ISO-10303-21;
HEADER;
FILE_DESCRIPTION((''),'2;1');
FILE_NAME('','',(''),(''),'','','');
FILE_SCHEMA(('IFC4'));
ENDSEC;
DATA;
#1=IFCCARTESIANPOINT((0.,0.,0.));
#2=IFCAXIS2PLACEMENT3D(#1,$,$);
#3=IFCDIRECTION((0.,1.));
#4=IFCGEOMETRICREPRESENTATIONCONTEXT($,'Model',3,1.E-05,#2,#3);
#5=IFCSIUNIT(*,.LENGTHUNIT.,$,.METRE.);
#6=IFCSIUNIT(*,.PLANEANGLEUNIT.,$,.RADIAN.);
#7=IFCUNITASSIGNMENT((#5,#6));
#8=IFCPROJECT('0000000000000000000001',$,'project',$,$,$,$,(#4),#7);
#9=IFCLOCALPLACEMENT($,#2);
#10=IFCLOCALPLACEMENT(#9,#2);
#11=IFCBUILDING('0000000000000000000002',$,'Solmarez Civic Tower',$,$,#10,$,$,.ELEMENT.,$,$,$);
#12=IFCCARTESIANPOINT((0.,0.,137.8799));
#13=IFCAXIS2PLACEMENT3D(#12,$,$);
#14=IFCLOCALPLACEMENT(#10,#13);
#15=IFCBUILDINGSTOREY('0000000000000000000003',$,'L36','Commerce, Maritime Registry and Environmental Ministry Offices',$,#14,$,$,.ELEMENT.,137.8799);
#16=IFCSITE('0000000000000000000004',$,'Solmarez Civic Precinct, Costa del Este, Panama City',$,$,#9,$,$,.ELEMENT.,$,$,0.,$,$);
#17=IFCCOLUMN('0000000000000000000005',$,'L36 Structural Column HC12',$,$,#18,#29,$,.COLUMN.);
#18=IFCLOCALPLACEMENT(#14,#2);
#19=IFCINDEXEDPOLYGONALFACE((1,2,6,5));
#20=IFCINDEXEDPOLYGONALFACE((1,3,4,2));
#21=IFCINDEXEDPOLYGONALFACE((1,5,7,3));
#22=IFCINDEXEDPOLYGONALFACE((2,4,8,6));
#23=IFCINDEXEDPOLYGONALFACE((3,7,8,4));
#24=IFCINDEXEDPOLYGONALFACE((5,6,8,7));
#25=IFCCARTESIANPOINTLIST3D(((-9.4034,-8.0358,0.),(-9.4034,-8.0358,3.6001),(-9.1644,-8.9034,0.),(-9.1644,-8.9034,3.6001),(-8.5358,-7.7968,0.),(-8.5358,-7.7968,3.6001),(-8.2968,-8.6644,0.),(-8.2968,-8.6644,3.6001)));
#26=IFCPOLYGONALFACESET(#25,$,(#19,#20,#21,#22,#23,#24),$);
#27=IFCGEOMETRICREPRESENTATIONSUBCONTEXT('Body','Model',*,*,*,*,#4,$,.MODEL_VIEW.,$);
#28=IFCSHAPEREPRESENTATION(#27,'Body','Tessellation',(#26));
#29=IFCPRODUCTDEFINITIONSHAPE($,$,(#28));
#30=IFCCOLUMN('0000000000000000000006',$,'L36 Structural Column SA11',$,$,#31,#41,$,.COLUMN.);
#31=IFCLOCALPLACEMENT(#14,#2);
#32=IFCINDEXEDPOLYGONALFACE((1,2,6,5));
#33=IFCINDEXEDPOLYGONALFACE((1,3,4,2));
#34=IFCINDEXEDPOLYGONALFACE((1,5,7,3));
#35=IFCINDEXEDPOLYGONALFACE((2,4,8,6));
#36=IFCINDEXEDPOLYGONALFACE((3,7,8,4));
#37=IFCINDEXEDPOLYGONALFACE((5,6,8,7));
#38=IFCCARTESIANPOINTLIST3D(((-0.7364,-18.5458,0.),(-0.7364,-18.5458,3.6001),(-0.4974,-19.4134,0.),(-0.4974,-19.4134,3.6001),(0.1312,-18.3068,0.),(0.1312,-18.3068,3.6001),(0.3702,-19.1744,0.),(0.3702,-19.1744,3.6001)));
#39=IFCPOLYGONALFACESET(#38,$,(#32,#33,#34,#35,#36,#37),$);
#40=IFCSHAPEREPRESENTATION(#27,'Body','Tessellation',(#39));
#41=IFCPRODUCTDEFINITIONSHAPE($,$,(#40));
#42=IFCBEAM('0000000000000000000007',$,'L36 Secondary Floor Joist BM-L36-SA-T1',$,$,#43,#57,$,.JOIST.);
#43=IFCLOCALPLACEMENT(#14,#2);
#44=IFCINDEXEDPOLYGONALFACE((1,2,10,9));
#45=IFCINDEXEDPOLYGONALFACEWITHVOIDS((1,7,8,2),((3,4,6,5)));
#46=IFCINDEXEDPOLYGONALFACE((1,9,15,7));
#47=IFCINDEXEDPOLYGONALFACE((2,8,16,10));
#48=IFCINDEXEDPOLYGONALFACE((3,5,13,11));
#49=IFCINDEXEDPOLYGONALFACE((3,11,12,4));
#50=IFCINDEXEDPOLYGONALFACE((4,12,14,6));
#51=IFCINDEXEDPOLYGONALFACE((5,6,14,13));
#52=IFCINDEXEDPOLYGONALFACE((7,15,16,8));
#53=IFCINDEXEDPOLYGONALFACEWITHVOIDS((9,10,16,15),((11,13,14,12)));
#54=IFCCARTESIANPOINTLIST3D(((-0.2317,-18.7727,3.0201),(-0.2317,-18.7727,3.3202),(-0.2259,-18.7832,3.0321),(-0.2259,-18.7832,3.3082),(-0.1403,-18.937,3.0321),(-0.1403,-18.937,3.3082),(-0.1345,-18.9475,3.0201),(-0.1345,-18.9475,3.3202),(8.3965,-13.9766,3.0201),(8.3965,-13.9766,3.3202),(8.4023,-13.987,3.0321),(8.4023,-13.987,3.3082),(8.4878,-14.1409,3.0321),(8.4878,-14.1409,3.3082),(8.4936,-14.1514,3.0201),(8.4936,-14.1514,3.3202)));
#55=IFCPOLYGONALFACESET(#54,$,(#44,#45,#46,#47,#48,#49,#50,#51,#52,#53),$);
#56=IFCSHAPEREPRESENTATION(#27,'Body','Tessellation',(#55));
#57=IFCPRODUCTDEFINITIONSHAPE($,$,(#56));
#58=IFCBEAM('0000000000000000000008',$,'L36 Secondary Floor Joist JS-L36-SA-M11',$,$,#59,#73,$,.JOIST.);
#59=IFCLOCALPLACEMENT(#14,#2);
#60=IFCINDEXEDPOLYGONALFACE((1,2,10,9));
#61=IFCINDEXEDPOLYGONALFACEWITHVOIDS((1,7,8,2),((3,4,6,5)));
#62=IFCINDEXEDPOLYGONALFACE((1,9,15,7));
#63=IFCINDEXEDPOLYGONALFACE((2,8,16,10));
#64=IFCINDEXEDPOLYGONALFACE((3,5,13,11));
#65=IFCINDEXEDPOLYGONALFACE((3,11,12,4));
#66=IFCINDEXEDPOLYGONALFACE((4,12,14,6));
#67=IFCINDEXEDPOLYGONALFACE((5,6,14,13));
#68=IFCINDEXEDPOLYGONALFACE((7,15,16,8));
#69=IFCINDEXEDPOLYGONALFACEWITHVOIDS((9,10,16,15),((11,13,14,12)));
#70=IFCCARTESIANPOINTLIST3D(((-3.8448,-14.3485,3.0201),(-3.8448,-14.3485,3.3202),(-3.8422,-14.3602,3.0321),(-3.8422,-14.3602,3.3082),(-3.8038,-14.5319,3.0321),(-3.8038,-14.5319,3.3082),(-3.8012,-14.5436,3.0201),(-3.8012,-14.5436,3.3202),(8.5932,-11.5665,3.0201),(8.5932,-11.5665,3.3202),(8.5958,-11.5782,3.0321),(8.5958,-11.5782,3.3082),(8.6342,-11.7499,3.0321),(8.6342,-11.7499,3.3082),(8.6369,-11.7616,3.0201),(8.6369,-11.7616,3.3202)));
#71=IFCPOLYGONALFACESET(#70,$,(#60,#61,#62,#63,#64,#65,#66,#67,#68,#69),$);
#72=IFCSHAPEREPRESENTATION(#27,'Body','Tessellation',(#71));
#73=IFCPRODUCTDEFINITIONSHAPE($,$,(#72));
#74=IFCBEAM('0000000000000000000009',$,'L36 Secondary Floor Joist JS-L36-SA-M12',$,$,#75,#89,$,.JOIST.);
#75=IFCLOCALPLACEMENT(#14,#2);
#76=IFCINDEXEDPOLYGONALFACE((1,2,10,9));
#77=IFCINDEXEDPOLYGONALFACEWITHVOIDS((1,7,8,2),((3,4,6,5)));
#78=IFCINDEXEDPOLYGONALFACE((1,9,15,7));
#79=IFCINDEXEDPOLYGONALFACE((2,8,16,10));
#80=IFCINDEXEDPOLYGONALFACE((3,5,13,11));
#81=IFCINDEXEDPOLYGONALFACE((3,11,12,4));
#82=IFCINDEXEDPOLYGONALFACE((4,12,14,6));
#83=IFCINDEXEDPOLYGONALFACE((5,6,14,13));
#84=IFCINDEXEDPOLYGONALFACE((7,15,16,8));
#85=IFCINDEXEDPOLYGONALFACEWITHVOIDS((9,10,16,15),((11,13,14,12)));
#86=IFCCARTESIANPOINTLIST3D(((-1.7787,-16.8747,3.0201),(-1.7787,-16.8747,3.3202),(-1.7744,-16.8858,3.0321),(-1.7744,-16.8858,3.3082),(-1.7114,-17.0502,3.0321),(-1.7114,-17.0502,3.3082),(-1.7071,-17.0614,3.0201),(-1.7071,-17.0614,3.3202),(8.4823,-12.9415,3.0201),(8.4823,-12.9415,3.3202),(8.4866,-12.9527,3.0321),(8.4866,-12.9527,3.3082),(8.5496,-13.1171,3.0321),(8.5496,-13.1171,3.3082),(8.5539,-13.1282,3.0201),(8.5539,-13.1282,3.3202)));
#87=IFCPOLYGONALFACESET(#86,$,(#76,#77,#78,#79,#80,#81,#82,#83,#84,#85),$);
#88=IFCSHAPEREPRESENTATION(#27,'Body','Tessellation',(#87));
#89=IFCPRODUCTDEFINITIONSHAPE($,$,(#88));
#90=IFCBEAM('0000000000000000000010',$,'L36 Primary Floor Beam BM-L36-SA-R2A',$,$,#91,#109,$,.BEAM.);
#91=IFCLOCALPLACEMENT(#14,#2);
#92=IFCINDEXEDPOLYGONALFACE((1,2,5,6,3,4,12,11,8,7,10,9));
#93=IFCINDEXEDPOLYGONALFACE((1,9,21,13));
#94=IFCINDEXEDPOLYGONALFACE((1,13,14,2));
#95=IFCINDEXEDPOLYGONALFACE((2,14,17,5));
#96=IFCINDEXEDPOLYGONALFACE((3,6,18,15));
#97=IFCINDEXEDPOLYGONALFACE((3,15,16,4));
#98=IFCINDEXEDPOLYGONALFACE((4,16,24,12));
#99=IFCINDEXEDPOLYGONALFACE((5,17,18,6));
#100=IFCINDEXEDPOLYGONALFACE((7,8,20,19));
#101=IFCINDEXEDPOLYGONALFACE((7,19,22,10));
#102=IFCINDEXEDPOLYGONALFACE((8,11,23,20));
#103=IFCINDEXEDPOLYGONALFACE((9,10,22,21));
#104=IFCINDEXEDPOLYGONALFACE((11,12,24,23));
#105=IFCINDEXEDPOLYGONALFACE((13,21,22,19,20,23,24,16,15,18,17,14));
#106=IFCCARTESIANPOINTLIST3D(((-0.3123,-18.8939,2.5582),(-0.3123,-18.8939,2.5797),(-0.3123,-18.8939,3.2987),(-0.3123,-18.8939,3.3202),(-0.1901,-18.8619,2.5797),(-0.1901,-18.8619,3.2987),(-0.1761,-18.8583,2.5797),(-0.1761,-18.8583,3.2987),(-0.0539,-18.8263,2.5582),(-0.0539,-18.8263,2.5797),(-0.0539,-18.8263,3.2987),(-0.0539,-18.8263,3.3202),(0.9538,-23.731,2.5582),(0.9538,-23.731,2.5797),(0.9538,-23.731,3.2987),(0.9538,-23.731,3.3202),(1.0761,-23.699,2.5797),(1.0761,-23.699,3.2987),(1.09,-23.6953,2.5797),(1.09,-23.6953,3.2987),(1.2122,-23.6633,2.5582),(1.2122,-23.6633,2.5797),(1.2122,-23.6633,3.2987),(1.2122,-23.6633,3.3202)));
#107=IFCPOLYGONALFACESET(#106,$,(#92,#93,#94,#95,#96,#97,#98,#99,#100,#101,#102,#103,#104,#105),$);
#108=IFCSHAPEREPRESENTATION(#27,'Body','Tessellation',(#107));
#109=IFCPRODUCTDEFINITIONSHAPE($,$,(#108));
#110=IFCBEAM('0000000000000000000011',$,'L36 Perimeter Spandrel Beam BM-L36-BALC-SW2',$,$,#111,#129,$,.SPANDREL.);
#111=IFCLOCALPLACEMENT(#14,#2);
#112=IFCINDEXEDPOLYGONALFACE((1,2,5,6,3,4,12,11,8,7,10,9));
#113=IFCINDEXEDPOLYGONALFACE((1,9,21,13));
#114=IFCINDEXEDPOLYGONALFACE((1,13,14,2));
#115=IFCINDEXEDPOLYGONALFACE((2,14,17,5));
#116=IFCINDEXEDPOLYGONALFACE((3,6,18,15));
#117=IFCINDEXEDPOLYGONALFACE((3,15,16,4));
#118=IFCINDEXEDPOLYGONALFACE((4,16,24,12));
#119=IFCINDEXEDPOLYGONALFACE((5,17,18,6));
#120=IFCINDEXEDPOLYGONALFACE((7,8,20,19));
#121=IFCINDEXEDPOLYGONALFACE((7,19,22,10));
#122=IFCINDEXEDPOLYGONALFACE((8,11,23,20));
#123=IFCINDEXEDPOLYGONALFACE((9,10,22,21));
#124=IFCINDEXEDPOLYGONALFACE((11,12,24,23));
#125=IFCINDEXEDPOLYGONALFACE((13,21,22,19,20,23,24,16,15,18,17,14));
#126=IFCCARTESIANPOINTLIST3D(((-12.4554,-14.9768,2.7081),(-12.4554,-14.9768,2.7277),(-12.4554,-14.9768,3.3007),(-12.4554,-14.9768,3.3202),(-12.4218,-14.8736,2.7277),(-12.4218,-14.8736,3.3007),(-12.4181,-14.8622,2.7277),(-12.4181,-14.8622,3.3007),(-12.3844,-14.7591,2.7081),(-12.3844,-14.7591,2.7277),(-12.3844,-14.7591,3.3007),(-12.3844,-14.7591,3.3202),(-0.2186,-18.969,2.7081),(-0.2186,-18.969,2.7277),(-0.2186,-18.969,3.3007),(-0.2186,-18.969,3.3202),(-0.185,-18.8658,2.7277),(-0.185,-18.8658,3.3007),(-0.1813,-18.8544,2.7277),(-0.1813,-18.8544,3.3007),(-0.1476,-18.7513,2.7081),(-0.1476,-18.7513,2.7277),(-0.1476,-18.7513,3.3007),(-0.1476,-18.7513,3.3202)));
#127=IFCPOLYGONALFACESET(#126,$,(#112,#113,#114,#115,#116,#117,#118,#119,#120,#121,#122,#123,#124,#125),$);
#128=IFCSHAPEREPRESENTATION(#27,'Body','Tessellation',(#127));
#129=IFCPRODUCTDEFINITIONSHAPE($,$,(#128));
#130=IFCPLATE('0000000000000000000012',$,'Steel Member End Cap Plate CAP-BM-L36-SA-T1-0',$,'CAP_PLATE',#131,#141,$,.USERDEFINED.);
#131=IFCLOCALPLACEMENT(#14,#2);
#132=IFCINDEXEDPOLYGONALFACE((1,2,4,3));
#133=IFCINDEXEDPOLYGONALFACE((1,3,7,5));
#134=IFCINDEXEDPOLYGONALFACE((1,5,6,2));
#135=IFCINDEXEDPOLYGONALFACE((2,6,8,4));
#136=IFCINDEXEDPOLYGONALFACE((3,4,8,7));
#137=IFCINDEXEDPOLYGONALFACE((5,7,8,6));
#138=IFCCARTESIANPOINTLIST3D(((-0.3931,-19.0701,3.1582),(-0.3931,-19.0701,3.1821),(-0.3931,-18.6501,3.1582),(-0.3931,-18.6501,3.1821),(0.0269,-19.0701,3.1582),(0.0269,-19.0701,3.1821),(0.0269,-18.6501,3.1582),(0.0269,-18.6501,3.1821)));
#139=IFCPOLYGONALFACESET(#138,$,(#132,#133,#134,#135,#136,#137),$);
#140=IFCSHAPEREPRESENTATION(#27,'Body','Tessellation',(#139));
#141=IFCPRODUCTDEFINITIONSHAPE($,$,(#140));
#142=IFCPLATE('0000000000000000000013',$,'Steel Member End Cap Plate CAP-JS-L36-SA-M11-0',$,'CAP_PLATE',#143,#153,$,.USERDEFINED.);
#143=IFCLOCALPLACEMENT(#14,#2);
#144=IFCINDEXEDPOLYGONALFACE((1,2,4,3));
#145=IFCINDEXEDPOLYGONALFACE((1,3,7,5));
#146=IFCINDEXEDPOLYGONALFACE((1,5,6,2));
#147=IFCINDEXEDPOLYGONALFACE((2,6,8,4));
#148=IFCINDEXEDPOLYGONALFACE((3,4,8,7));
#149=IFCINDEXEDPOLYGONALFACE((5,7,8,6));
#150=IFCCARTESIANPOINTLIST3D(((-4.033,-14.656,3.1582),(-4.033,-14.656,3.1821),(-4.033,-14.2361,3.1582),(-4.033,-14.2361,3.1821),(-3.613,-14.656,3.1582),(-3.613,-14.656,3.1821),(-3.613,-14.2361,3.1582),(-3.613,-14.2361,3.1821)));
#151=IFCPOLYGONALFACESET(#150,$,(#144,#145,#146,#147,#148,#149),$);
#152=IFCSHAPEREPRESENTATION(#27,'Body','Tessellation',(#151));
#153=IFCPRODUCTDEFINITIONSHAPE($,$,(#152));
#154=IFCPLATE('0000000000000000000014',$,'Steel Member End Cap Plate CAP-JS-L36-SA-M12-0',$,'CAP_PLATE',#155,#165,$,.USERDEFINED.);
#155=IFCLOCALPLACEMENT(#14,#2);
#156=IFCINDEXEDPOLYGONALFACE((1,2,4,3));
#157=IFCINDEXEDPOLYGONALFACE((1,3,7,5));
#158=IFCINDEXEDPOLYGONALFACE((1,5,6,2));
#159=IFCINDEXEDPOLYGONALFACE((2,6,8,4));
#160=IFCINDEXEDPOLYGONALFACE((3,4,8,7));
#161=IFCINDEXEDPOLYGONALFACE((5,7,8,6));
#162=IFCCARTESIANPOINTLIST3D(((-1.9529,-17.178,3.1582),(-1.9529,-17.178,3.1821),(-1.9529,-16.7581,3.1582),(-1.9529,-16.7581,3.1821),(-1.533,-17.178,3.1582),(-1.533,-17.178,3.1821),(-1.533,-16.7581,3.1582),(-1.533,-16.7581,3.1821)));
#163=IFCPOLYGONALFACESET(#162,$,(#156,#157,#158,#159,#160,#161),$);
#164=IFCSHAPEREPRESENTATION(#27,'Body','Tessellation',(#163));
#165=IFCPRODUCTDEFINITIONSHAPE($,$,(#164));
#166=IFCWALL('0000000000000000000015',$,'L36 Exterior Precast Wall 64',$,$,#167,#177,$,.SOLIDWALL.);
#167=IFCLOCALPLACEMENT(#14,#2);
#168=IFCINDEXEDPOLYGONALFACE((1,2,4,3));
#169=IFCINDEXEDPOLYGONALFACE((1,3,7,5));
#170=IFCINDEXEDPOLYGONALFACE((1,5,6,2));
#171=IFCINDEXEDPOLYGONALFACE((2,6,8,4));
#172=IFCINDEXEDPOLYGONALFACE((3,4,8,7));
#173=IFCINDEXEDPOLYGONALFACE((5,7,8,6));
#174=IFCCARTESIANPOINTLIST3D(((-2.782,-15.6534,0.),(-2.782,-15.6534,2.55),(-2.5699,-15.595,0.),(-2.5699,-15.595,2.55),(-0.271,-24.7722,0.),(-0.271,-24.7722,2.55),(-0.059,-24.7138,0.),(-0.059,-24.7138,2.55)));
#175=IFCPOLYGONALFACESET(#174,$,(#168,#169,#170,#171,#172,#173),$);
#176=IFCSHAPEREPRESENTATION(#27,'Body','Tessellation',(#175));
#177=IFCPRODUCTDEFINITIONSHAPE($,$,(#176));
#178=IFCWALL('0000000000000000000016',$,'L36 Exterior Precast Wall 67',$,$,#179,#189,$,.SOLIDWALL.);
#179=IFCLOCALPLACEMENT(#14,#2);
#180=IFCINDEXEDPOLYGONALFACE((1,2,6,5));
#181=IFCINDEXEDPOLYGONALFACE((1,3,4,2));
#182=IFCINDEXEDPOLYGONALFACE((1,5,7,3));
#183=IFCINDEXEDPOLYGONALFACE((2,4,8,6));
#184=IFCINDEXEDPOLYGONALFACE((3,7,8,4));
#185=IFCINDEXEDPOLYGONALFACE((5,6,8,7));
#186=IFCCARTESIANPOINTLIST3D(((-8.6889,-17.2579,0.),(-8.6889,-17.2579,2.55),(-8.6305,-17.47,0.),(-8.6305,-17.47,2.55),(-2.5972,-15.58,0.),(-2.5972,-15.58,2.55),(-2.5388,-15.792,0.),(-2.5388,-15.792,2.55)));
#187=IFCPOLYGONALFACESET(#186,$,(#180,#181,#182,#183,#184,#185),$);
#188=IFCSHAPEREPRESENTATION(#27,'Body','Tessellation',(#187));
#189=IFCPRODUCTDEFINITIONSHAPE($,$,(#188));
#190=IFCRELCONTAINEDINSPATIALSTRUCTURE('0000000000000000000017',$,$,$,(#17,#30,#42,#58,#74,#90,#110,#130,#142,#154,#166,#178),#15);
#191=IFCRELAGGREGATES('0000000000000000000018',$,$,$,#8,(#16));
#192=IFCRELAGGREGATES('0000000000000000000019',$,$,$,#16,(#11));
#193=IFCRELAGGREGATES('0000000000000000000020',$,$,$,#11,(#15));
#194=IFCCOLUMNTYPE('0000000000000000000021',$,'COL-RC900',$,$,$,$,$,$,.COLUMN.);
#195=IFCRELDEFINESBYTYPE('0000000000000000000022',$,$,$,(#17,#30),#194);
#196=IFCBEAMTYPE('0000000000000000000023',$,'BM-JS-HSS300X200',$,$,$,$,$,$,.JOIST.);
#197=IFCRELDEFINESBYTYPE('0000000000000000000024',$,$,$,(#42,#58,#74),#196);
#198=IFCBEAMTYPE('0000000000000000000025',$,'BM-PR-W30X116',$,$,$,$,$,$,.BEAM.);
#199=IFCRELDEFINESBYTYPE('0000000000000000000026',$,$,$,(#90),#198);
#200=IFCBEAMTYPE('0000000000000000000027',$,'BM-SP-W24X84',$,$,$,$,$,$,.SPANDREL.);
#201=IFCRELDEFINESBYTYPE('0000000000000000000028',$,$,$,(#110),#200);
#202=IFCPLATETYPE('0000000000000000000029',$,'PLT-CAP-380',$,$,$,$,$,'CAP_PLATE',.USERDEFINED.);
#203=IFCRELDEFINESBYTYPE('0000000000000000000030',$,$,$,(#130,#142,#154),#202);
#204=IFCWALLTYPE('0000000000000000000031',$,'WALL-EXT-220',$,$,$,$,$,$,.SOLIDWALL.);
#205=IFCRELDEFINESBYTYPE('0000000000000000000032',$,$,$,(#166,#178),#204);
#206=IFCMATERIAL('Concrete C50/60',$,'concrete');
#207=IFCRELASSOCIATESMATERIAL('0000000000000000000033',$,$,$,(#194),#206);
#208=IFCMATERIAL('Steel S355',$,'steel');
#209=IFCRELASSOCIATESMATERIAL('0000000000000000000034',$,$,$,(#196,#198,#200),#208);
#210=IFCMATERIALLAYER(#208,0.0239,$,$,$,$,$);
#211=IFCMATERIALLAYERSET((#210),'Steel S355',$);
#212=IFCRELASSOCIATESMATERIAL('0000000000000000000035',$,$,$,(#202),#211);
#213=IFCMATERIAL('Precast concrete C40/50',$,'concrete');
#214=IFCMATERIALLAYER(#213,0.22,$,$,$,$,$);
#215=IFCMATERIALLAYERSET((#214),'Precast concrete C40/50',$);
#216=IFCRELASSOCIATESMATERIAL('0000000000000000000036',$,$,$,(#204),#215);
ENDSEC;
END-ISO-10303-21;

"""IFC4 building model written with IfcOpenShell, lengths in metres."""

from ifc_helpers import new_model, si_unit, direction, frame, frame_2d, origin, origin_2d, place, context, subcontext, project, spatial, rectangle, hollow_rectangle, i_section, extrude, material, layer, layer_set, material_profile, profile_set, type_object, element, save


model = new_model("IFC4")

# Units and contexts
model_context = context("Model", 3, precision=1e-05, world=origin(), true_north=direction((0.0, 1.0)))
body_context = subcontext(model_context, "Body", "Model", "MODEL_VIEW")
ifc_project = project(units=[si_unit("LENGTHUNIT", "METRE"), si_unit("PLANEANGLEUNIT", "RADIAN")], contexts=[model_context])

# Site, building, storey
site_placement = place(None, origin())
site = spatial("IfcSite", under=ifc_project, at=site_placement, Name="Solmarez Civic Precinct, Costa del Este, Panama City", CompositionType="ELEMENT", RefElevation=0.0)
building_placement = place(site_placement, origin())
building = spatial("IfcBuilding", under=site, at=building_placement, Name="Solmarez Civic Tower", CompositionType="ELEMENT")
storey_placement = place(building_placement, frame((0.0, 0.0, 137.8799)))
storey = spatial("IfcBuildingStorey", under=building, at=storey_placement, Name="L36", Description="Commerce, Maritime Registry and Environmental Ministry Offices", CompositionType="ELEMENT", Elevation=137.8799)

# Columns
ifc_material_1 = material(Name="Concrete C50/60", Category="concrete")
ifc_material_profile_1 = material_profile(ifc_material_1, rectangle(XDim=0.8999, YDim=0.8999, at=origin_2d()), Name="RC900X900")
ifc_profile_set_1 = profile_set([ifc_material_profile_1], Name="Concrete C50/60")
column_type = type_object("IfcColumnType", Name="COL-RC900", PredefinedType="COLUMN", material=ifc_profile_set_1)
for number, where, z_axis, x_axis, name in (
    (1, (-8.8501, -8.3501, 0.0), (0.0, 0.0, 1.0), (0.964095, 0.265556, 0.0), "L36 Structural Column HC12"),
    (2, (-0.1831, -18.8601, 0.0), (0.0, 0.0, 1.0), (0.964095, 0.265556, 0.0), "L36 Structural Column SA11"),
):
    element("IfcColumn", number, at=place(storey_placement, frame(where, z_axis=z_axis, x_axis=x_axis)), inside=storey, type_object=column_type, Name=name, PredefinedType="COLUMN", context=body_context, shape_type="SweptSolid", body=[
        extrude(rectangle(XDim=0.8999, YDim=0.8999, at=origin_2d()), origin(), (0.0, 0.0, 1.0), 3.6001),
    ])

# Beams
ifc_material_2 = material(Name="Steel S355", Category="steel")
ifc_material_profile_2 = material_profile(ifc_material_2, hollow_rectangle(XDim=0.2, YDim=0.3, WallThickness=0.012, at=origin_2d()), Name="HSS300X200X12")
ifc_profile_set_2 = profile_set([ifc_material_profile_2], Name="Steel S355")
beam_type_1 = type_object("IfcBeamType", Name="BM-JS-HSS300X200", PredefinedType="JOIST", material=ifc_profile_set_2)
beam_1_placement = place(storey_placement, frame((-0.1831, -18.8601, 3.1702), z_axis=(0.874041, 0.485853, 0.0), x_axis=(-0.485853, 0.874041, 0.0)))
element("IfcBeam", 3, at=beam_1_placement, inside=storey, type_object=beam_type_1, Name="L36 Secondary Floor Joist BM-L36-SA-T1", PredefinedType="JOIST", context=body_context, shape_type="SweptSolid", body=[
    extrude(hollow_rectangle(XDim=0.2, YDim=0.3, WallThickness=0.012, at=origin_2d()), origin(), (0.0, 0.0, 1.0), 9.8716),
])
beam_2_placement = place(storey_placement, frame((-3.823, -14.446, 3.1702), z_axis=(0.975887, 0.218275, 0.0), x_axis=(-0.218275, 0.975887, 0.0)))
element("IfcBeam", 4, at=beam_2_placement, inside=storey, type_object=beam_type_1, Name="L36 Secondary Floor Joist JS-L36-SA-M11", PredefinedType="JOIST", context=body_context, shape_type="SweptSolid", body=[
    extrude(hollow_rectangle(XDim=0.2, YDim=0.3, WallThickness=0.012, at=origin_2d()), origin(), (0.0, 0.0, 1.0), 12.7454),
])
beam_3_placement = place(storey_placement, frame((-1.7429, -16.968, 3.1702), z_axis=(0.933754, 0.357914, 0.0), x_axis=(-0.357914, 0.933754, 0.0)))
element("IfcBeam", 5, at=beam_3_placement, inside=storey, type_object=beam_type_1, Name="L36 Secondary Floor Joist JS-L36-SA-M12", PredefinedType="JOIST", context=body_context, shape_type="SweptSolid", body=[
    extrude(hollow_rectangle(XDim=0.2, YDim=0.3, WallThickness=0.012, at=origin_2d()), origin(), (0.0, 0.0, 1.0), 10.989),
])
ifc_material_profile_3 = material_profile(ifc_material_2, i_section(OverallWidth=0.2671, OverallDepth=0.762, WebThickness=0.0144, FlangeThickness=0.0215, at=origin_2d()), Name="W30X116")
ifc_profile_set_3 = profile_set([ifc_material_profile_3], Name="Steel S355")
beam_type_2 = type_object("IfcBeamType", Name="BM-PR-W30X116", PredefinedType="BEAM", material=ifc_profile_set_3)
beam_4_placement = place(storey_placement, frame((-0.1831, -18.8601, 2.9392), z_axis=(0.253229, -0.967406, 0.0), x_axis=(0.967406, 0.253229, 0.0)))
element("IfcBeam", 6, at=beam_4_placement, inside=storey, type_object=beam_type_2, Name="L36 Primary Floor Beam BM-L36-SA-R2A", PredefinedType="BEAM", context=body_context, shape_type="SweptSolid", body=[
    extrude(i_section(OverallWidth=0.2671, OverallDepth=0.762, WebThickness=0.0144, FlangeThickness=0.0215, at=origin_2d()), origin(), (0.0, 0.0, 1.0), 5.0),
])
ifc_material_profile_4 = material_profile(ifc_material_2, i_section(OverallWidth=0.229, OverallDepth=0.6121, WebThickness=0.012, FlangeThickness=0.0195, at=origin_2d()), Name="W24X84")
ifc_profile_set_4 = profile_set([ifc_material_profile_4], Name="Steel S355")
beam_type_3 = type_object("IfcBeamType", Name="BM-SP-W24X84", PredefinedType="SPANDREL", material=ifc_profile_set_4)
beam_5_placement = place(storey_placement, frame((-0.1831, -18.8601, 3.0142), z_axis=(-0.950686, 0.310156, 0.0), x_axis=(-0.310156, -0.950686, 0.0)))
element("IfcBeam", 7, at=beam_5_placement, inside=storey, type_object=beam_type_3, Name="L36 Perimeter Spandrel Beam BM-L36-BALC-SW2", PredefinedType="SPANDREL", context=body_context, shape_type="SweptSolid", body=[
    extrude(i_section(OverallWidth=0.229, OverallDepth=0.6121, WebThickness=0.012, FlangeThickness=0.0195, at=origin_2d()), origin(), (0.0, 0.0, 1.0), 12.8716),
])

# Plates
ifc_layer_1 = layer(ifc_material_2, 0.0239)
ifc_layer_set_1 = layer_set([ifc_layer_1], Name="Steel S355")
plate_type = type_object("IfcPlateType", Name="PLT-CAP-380", ElementType="CAP_PLATE", PredefinedType="USERDEFINED", material=ifc_layer_set_1)
for number, where, z_axis, x_axis, name in (
    (8, (-0.1831, -18.8601, 3.1582), (0.0, 0.0, 1.0), (1.0, 0.0, 0.0), "Steel Member End Cap Plate CAP-BM-L36-SA-T1-0"),
    (9, (-3.823, -14.446, 3.1582), (0.0, 0.0, 1.0), (1.0, 0.0, 0.0), "Steel Member End Cap Plate CAP-JS-L36-SA-M11-0"),
    (10, (-1.7429, -16.968, 3.1582), (0.0, 0.0, 1.0), (1.0, 0.0, 0.0), "Steel Member End Cap Plate CAP-JS-L36-SA-M12-0"),
):
    element("IfcPlate", number, at=place(storey_placement, frame(where, z_axis=z_axis, x_axis=x_axis)), inside=storey, type_object=plate_type, Name=name, ObjectType="CAP_PLATE", PredefinedType="USERDEFINED", context=body_context, shape_type="SweptSolid", body=[
        extrude(rectangle(XDim=0.4199, YDim=0.4199, at=origin_2d()), origin(), (0.0, 0.0, 1.0), 0.0239),
    ])

# Walls
ifc_material_3 = material(Name="Precast concrete C40/50", Category="concrete")
ifc_layer_2 = layer(ifc_material_3, 0.22)
ifc_layer_set_2 = layer_set([ifc_layer_2], Name="Precast concrete C40/50")
wall_type_1 = type_object("IfcWallType", Name="WALL-EXT-220", PredefinedType="SOLIDWALL", material=ifc_layer_set_2)
wall_1_placement = place(storey_placement, frame((-0.165, -24.7429, 0.0), z_axis=(0.0, 0.0, 1.0), x_axis=(-0.26548, 0.964116, 0.0)))
element("IfcWall", 11, at=wall_1_placement, inside=storey, type_object=wall_type_1, Name="L36 Exterior Precast Wall 64", PredefinedType="SOLIDWALL", context=body_context, shape_type="SweptSolid", body=[
    extrude(rectangle(XDim=9.4583, YDim=0.22, at=frame_2d((4.729, 0.0))), origin(), (0.0, 0.0, 1.0), 2.55),
])
wall_2_placement = place(storey_placement, frame((-2.5681, -15.686, 0.0), z_axis=(0.0, 0.0, 1.0), x_axis=(-0.964095, -0.265559, 0.0)))
element("IfcWall", 12, at=wall_2_placement, inside=storey, type_object=wall_type_1, Name="L36 Exterior Precast Wall 67", PredefinedType="SOLIDWALL", context=body_context, shape_type="SweptSolid", body=[
    extrude(rectangle(XDim=6.3186, YDim=0.22, at=frame_2d((3.1592, 0.0))), origin(), (0.0, 0.0, 1.0), 2.55),
])

save(model, "model.ifc")
